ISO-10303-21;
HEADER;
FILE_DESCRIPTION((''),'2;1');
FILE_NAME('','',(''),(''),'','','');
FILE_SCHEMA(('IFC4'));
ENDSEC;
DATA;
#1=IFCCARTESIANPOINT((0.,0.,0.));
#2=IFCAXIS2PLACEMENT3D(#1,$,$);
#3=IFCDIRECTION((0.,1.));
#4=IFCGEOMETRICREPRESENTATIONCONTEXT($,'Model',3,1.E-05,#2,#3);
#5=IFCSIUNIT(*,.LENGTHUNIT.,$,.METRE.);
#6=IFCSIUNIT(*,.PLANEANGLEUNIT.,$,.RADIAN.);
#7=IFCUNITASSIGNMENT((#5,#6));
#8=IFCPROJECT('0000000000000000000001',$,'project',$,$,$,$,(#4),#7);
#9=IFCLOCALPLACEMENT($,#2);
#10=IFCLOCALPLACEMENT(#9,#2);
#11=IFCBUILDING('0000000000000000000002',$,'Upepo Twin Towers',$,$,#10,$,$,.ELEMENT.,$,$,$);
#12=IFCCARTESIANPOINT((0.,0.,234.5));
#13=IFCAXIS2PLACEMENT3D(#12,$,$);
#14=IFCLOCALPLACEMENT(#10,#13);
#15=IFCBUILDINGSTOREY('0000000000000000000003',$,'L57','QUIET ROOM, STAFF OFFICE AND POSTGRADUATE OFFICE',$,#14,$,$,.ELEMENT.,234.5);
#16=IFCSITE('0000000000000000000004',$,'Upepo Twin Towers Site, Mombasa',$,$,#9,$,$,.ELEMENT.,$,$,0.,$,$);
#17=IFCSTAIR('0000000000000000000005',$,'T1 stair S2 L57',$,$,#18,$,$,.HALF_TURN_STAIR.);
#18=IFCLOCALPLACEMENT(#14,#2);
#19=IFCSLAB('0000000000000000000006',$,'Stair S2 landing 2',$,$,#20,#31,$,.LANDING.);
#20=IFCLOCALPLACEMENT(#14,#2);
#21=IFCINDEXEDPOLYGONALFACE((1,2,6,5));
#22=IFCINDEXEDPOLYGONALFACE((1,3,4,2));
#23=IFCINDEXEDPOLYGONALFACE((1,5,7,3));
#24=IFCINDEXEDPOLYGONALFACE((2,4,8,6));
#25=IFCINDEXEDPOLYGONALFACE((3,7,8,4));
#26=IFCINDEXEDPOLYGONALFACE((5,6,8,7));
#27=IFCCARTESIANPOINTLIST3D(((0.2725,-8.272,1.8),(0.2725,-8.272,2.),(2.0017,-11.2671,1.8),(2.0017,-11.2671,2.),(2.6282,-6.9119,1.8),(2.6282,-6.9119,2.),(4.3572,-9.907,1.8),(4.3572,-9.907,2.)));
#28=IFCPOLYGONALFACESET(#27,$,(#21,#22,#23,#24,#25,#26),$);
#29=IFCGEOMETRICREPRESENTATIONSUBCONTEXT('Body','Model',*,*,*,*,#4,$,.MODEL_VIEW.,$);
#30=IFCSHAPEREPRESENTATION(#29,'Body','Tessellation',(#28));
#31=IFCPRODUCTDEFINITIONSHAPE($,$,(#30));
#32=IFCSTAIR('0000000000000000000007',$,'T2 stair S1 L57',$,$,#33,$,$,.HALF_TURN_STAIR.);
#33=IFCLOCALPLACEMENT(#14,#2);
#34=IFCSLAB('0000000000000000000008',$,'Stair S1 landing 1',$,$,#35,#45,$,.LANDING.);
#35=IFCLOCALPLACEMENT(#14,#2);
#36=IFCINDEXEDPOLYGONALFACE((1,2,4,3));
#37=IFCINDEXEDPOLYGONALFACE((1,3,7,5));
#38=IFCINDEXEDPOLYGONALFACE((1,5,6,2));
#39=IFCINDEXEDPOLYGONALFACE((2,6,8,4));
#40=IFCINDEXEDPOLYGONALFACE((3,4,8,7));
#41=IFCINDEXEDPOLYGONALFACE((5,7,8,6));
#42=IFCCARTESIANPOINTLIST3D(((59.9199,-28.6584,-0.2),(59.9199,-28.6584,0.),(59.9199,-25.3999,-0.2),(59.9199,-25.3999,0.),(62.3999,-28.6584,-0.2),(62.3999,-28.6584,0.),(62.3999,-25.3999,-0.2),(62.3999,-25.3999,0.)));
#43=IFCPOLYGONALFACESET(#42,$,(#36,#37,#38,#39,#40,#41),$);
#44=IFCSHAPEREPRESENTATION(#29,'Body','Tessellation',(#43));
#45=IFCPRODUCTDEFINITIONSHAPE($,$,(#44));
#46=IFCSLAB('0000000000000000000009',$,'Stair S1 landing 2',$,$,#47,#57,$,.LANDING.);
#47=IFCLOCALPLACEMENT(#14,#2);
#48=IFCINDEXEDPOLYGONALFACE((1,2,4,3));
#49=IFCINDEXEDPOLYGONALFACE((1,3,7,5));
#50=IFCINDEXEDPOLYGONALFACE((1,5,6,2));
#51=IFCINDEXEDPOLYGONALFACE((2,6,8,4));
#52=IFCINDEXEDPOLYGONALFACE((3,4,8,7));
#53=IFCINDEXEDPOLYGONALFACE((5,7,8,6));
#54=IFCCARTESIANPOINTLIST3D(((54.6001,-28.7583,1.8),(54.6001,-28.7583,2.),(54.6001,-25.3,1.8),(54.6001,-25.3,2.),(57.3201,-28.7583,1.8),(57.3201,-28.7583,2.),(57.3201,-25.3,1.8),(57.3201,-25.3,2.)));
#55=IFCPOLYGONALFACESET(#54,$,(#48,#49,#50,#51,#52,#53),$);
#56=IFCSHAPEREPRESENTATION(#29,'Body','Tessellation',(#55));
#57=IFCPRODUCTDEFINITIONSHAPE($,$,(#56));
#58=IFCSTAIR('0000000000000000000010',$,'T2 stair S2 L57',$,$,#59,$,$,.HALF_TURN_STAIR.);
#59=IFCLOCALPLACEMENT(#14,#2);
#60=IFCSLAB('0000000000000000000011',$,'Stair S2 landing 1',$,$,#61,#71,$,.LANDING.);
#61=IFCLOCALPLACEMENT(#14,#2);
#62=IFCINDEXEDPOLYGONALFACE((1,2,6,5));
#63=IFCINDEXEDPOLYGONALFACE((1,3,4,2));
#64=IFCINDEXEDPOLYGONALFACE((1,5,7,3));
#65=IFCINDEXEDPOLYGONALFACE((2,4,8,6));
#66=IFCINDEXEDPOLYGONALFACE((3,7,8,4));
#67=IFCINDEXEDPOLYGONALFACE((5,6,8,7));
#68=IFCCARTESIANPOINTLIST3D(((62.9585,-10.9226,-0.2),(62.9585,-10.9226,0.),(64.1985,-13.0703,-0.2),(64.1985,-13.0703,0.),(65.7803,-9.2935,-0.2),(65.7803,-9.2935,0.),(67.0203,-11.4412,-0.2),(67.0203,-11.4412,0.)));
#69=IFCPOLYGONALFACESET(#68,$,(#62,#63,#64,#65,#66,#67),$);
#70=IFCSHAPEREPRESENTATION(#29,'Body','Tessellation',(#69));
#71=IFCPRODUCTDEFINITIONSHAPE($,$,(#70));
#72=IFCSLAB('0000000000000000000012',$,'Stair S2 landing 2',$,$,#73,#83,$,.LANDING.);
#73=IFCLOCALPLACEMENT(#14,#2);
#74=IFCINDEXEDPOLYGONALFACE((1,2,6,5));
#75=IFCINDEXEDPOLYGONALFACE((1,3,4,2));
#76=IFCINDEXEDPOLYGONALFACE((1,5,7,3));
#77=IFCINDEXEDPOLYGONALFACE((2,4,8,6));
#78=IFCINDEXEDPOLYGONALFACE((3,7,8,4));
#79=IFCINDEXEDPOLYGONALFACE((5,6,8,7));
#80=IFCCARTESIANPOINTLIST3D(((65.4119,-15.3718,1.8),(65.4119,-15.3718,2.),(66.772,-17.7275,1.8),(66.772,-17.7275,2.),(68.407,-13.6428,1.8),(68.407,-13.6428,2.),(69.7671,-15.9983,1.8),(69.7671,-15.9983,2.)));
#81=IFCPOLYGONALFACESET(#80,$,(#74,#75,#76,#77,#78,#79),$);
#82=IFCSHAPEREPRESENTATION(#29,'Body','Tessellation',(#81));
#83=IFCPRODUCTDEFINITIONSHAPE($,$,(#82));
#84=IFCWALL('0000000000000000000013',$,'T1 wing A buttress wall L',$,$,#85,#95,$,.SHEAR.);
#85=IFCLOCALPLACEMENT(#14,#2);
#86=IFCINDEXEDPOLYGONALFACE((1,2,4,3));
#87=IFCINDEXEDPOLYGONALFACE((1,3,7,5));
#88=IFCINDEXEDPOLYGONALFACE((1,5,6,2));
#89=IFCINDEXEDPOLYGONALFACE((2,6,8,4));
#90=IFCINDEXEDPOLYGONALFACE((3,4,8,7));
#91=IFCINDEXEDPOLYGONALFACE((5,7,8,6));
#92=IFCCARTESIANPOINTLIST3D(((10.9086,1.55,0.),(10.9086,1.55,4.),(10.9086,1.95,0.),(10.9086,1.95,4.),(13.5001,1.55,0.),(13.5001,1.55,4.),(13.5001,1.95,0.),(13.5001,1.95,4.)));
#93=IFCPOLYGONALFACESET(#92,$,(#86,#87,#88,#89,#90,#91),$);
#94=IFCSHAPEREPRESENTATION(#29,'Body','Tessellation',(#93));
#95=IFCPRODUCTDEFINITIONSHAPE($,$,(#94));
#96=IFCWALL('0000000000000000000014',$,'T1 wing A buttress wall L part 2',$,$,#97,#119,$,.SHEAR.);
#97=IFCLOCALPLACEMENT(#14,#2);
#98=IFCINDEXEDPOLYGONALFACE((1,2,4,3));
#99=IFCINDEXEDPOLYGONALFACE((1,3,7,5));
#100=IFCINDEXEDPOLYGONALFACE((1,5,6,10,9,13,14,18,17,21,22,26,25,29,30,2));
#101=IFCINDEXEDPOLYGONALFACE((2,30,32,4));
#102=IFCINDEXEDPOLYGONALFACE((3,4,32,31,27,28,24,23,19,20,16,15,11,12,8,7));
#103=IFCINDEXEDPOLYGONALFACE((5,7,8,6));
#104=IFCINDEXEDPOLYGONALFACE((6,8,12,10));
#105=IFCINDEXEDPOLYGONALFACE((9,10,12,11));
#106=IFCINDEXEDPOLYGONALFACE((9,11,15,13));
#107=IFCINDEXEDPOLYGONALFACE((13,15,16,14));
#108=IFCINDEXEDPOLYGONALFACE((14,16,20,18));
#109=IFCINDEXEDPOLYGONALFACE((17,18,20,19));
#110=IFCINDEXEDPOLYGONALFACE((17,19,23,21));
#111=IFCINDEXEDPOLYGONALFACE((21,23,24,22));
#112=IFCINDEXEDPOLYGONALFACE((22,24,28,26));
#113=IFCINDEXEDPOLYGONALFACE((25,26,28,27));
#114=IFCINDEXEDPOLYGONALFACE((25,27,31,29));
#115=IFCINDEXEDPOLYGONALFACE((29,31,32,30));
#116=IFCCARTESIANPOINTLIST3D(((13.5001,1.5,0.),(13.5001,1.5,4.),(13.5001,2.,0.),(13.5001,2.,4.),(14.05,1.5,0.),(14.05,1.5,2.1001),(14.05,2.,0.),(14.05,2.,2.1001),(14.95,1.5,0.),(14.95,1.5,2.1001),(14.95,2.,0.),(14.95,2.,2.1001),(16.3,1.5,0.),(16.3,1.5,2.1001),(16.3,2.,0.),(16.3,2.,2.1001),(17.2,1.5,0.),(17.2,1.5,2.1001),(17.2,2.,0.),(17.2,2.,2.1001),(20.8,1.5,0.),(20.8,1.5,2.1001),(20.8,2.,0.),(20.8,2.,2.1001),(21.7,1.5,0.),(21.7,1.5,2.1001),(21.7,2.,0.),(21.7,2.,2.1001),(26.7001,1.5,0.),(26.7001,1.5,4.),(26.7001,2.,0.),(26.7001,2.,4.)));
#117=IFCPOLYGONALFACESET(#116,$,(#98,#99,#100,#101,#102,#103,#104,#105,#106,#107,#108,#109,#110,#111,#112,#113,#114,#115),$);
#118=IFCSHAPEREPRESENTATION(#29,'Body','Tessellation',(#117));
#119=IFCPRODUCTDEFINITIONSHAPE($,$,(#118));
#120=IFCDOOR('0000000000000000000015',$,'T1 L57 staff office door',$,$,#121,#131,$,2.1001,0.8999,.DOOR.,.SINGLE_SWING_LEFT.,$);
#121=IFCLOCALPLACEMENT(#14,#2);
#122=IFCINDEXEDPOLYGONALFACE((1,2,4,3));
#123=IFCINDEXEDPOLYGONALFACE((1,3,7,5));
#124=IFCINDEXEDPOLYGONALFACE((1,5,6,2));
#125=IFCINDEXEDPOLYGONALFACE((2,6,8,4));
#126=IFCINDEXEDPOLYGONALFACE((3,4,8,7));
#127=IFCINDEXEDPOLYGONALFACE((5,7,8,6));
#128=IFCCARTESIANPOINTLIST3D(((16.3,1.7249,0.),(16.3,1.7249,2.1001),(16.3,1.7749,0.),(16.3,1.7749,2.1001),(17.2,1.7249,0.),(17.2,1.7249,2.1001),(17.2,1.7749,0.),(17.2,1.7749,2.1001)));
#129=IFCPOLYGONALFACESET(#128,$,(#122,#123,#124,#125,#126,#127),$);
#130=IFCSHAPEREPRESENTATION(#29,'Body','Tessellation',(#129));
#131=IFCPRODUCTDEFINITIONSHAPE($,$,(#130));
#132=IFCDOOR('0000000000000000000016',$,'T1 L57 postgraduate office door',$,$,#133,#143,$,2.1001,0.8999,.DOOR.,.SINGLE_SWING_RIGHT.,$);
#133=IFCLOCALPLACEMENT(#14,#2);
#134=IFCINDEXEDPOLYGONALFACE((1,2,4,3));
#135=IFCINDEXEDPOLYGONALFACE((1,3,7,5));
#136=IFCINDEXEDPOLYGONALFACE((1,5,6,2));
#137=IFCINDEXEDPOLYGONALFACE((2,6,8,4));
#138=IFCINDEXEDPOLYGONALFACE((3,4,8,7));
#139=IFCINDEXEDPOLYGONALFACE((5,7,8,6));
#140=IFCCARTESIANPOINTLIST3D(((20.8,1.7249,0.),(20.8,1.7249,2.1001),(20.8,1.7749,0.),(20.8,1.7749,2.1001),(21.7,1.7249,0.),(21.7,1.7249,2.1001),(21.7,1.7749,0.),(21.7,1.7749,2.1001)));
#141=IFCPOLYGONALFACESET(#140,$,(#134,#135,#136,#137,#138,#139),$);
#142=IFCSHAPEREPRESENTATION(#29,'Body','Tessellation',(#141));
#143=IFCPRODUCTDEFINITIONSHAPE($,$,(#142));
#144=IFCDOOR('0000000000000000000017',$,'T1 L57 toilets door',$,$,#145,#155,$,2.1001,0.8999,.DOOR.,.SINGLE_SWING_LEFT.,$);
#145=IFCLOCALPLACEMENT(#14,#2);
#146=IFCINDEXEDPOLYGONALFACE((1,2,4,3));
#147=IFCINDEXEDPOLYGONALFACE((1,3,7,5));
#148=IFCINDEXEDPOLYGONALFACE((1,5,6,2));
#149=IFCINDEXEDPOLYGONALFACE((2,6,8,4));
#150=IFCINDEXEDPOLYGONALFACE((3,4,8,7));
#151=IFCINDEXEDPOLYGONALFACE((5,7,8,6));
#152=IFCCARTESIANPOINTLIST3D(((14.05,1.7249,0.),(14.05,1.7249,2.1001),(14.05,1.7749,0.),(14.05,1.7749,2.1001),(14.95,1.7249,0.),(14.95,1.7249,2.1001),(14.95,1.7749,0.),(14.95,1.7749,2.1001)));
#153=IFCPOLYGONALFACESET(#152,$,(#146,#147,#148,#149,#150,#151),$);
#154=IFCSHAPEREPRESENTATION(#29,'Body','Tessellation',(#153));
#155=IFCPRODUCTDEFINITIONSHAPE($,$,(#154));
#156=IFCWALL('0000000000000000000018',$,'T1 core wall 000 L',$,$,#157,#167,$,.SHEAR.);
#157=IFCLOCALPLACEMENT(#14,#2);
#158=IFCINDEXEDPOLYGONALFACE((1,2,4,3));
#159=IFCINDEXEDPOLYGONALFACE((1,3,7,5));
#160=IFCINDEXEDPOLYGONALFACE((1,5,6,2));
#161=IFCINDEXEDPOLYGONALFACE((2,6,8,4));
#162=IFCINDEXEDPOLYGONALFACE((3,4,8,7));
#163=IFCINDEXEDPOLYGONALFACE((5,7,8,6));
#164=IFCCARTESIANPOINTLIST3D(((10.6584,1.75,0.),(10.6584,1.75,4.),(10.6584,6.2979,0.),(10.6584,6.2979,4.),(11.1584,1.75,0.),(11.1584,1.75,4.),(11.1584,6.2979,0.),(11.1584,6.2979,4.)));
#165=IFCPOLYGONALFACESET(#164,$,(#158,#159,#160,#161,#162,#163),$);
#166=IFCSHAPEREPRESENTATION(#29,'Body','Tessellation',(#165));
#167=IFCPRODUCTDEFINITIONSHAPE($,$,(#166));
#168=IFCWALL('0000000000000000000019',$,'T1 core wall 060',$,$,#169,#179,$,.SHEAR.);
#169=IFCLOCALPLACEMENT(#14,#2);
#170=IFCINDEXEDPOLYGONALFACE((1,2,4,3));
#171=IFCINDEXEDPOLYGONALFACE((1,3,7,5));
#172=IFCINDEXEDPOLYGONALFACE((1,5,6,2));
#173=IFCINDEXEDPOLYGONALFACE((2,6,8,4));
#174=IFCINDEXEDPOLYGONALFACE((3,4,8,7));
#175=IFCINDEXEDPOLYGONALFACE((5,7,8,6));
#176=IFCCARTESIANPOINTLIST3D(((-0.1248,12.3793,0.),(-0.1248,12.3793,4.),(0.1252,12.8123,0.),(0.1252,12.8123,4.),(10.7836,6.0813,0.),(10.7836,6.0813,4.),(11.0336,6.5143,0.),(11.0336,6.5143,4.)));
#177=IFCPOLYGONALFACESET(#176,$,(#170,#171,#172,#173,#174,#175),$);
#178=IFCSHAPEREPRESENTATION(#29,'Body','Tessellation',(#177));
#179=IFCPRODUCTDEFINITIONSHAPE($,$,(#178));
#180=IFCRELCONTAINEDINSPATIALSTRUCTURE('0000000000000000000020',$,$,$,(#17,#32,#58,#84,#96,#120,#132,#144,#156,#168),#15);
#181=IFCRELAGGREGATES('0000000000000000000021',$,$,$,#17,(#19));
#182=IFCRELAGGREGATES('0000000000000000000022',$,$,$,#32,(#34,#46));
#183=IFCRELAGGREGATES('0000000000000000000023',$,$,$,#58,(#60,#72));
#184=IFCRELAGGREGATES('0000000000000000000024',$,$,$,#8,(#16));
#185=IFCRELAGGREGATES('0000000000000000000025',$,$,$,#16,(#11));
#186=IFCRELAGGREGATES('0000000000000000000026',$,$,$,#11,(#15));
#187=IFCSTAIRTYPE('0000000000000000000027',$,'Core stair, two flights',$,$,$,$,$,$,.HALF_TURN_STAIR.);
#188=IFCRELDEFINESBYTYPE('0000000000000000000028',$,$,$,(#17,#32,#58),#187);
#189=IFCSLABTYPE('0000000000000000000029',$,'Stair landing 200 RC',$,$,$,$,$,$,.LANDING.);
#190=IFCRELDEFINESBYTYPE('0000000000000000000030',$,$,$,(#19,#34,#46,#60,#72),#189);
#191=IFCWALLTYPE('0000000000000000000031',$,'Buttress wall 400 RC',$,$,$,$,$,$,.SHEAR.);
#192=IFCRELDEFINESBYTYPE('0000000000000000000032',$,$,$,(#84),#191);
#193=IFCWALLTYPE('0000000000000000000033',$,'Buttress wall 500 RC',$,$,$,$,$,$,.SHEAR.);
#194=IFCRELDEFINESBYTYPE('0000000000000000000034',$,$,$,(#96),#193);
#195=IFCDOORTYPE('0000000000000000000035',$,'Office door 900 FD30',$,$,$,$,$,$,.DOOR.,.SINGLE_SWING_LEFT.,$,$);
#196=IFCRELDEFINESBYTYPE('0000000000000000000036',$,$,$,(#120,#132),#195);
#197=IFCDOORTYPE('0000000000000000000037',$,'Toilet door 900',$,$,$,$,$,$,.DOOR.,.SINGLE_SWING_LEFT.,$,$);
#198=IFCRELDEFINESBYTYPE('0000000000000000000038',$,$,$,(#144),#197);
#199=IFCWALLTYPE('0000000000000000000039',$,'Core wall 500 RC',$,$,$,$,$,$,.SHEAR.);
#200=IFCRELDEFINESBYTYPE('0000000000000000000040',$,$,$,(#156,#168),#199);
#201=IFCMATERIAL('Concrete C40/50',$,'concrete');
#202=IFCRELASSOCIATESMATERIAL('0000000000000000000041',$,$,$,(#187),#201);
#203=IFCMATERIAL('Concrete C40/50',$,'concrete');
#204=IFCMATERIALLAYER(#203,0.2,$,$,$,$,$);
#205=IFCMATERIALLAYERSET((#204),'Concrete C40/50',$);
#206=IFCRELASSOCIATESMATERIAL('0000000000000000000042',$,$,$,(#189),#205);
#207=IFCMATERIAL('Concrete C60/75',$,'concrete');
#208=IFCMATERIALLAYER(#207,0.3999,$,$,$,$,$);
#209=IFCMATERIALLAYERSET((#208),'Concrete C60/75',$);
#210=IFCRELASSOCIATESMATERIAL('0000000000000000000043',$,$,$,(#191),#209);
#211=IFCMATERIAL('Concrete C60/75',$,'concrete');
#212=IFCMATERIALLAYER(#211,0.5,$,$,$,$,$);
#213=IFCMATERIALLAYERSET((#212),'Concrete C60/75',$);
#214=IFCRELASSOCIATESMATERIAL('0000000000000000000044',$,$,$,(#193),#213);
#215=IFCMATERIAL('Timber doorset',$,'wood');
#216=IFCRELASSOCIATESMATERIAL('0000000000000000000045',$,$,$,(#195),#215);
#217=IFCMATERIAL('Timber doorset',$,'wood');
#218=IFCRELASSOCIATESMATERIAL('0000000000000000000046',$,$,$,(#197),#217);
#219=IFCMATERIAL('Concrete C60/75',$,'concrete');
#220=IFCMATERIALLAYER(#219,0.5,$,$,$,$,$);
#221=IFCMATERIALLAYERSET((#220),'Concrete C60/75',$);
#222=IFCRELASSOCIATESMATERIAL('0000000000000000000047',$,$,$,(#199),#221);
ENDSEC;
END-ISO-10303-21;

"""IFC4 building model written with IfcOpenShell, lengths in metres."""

from ifc_helpers import new_model, si_unit, direction, frame, frame_2d, origin, place, context, subcontext, project, spatial, polyline, rectangle, outline, extrude, material, layer, layer_set, type_object, element, fill, aggregate, save


model = new_model("IFC4")

# Units and contexts
model_context = context("Model", 3, precision=1e-05, world=origin(), true_north=direction((0.0, 1.0)))
body_context = subcontext(model_context, "Body", "Model", "MODEL_VIEW")
ifc_project = project(units=[si_unit("LENGTHUNIT", "METRE"), si_unit("PLANEANGLEUNIT", "RADIAN")], contexts=[model_context])

# Site, building, storey
site_placement = place(None, origin())
site = spatial("IfcSite", under=ifc_project, at=site_placement, Name="Upepo Twin Towers Site, Mombasa", CompositionType="ELEMENT", RefElevation=0.0)
building_placement = place(site_placement, origin())
building = spatial("IfcBuilding", under=site, at=building_placement, Name="Upepo Twin Towers", CompositionType="ELEMENT")
storey_placement = place(building_placement, frame((0.0, 0.0, 234.5)))
storey = spatial("IfcBuildingStorey", under=building, at=storey_placement, Name="L57", Description="QUIET ROOM, STAFF OFFICE AND POSTGRADUATE OFFICE", CompositionType="ELEMENT", Elevation=234.5)

# Stair, slab
ifc_material_1 = material(Name="Concrete C40/50", Category="concrete")
stair_type = type_object("IfcStairType", Name="Core stair, two flights", PredefinedType="HALF_TURN_STAIR", material=ifc_material_1)
stair_1_placement = place(storey_placement, origin())
stair_1 = element("IfcStair", 1, at=stair_1_placement, inside=storey, type_object=stair_type, Name="T1 stair S2 L57", PredefinedType="HALF_TURN_STAIR")
ifc_material_2 = material(Name="Concrete C40/50", Category="concrete")
ifc_layer_1 = layer(ifc_material_2, 0.2)
ifc_layer_set_1 = layer_set([ifc_layer_1], Name="Concrete C40/50")
slab_type = type_object("IfcSlabType", Name="Stair landing 200 RC", PredefinedType="LANDING", material=ifc_layer_set_1)
slab_1_placement = place(storey_placement, frame((0.0, 0.0, 1.8)))
slab_1 = element("IfcSlab", 2, at=slab_1_placement, type_object=slab_type, Name="Stair S2 landing 2", PredefinedType="LANDING", context=body_context, shape_type="SweptSolid", body=[
    extrude(outline(polyline([(0.2725, -8.272), (2.0017, -11.2671), (4.3572, -9.907), (2.6282, -6.9119), (0.2725, -8.272)])), origin(), (0.0, 0.0, 1.0), 0.2),
])
aggregate(stair_1, [slab_1])

# Stairs, slabs
stair_2_placement = place(storey_placement, origin())
stair_2 = element("IfcStair", 3, at=stair_2_placement, inside=storey, type_object=stair_type, Name="T2 stair S1 L57", PredefinedType="HALF_TURN_STAIR")
slab_2_placement = place(storey_placement, frame((0.0, 0.0, -0.2)))
slab_2 = element("IfcSlab", 4, at=slab_2_placement, type_object=slab_type, Name="Stair S1 landing 1", PredefinedType="LANDING", context=body_context, shape_type="SweptSolid", body=[
    extrude(outline(polyline([(59.9199, -25.3999), (59.9199, -28.6584), (62.3999, -28.6584), (62.3999, -25.3999), (59.9199, -25.3999)])), origin(), (0.0, 0.0, 1.0), 0.2),
])
slab_3_placement = place(storey_placement, frame((0.0, 0.0, 1.8)))
slab_3 = element("IfcSlab", 5, at=slab_3_placement, type_object=slab_type, Name="Stair S1 landing 2", PredefinedType="LANDING", context=body_context, shape_type="SweptSolid", body=[
    extrude(outline(polyline([(54.6001, -25.3), (54.6001, -28.7583), (57.3201, -28.7583), (57.3201, -25.3), (54.6001, -25.3)])), origin(), (0.0, 0.0, 1.0), 0.2),
])
aggregate(stair_2, [slab_2, slab_3])
stair_3_placement = place(storey_placement, origin())
stair_3 = element("IfcStair", 6, at=stair_3_placement, inside=storey, type_object=stair_type, Name="T2 stair S2 L57", PredefinedType="HALF_TURN_STAIR")
slab_4_placement = place(storey_placement, frame((0.0, 0.0, -0.2)))
slab_4 = element("IfcSlab", 7, at=slab_4_placement, type_object=slab_type, Name="Stair S2 landing 1", PredefinedType="LANDING", context=body_context, shape_type="SweptSolid", body=[
    extrude(outline(polyline([(64.1985, -13.0703), (67.0203, -11.4412), (65.7803, -9.2935), (62.9585, -10.9226), (64.1985, -13.0703)])), origin(), (0.0, 0.0, 1.0), 0.2),
])
slab_5_placement = place(storey_placement, frame((0.0, 0.0, 1.8)))
slab_5 = element("IfcSlab", 8, at=slab_5_placement, type_object=slab_type, Name="Stair S2 landing 2", PredefinedType="LANDING", context=body_context, shape_type="SweptSolid", body=[
    extrude(outline(polyline([(66.772, -17.7275), (69.7671, -15.9983), (68.407, -13.6428), (65.4119, -15.3718), (66.772, -17.7275)])), origin(), (0.0, 0.0, 1.0), 0.2),
])
aggregate(stair_3, [slab_4, slab_5])

# Wall
ifc_material_3 = material(Name="Concrete C60/75", Category="concrete")
ifc_layer_2 = layer(ifc_material_3, 0.3999)
ifc_layer_set_2 = layer_set([ifc_layer_2], Name="Concrete C60/75")
wall_type_1 = type_object("IfcWallType", Name="Buttress wall 400 RC", PredefinedType="SHEAR", material=ifc_layer_set_2)
wall_1_placement = place(storey_placement, frame((10.9084, 1.75, 0.0), z_axis=(0.0, 0.0, 1.0), x_axis=(1.0, 0.0, 0.0)))
element("IfcWall", 9, at=wall_1_placement, inside=storey, type_object=wall_type_1, Name="T1 wing A buttress wall L", PredefinedType="SHEAR", context=body_context, shape_type="SweptSolid", body=[
    extrude(rectangle(XDim=2.5916, YDim=0.3999, at=frame_2d((1.2959, 0.0))), origin(), (0.0, 0.0, 1.0), 4.0),
])

# Wall, openings, doors
ifc_material_4 = material(Name="Concrete C60/75", Category="concrete")
ifc_layer_3 = layer(ifc_material_4, 0.5)
ifc_layer_set_3 = layer_set([ifc_layer_3], Name="Concrete C60/75")
wall_type_2 = type_object("IfcWallType", Name="Buttress wall 500 RC", PredefinedType="SHEAR", material=ifc_layer_set_3)
wall_2_placement = place(storey_placement, frame((13.5, 1.75, 0.0), z_axis=(0.0, 0.0, 1.0), x_axis=(1.0, 0.0, 0.0)))
wall_2 = element("IfcWall", 10, at=wall_2_placement, inside=storey, type_object=wall_type_2, Name="T1 wing A buttress wall L part 2", PredefinedType="SHEAR", context=body_context, shape_type="SweptSolid", body=[
    extrude(rectangle(XDim=13.2, YDim=0.5, at=frame_2d((6.6001, 0.0))), origin(), (0.0, 0.0, 1.0), 4.0),
])
opening_1_placement = place(wall_2_placement, frame((0.55, 0.0, 0.0)))
opening_1 = element("IfcOpeningElement", 11, at=opening_1_placement, cuts=wall_2, PredefinedType="OPENING", context=body_context, shape_type="SweptSolid", body=[
    extrude(rectangle(XDim=0.8999, YDim=2.1001, at=frame_2d((0.45, 1.05))), frame((0.0, 0.26, 0.0), z_axis=(0.0, -1.0, 0.0), x_axis=(1.0, 0.0, 0.0)), (0.0, 0.0, 1.0), 0.52),
])
opening_2_placement = place(wall_2_placement, frame((2.8, 0.0, 0.0)))
opening_2 = element("IfcOpeningElement", 12, at=opening_2_placement, cuts=wall_2, PredefinedType="OPENING", context=body_context, shape_type="SweptSolid", body=[
    extrude(rectangle(XDim=0.8999, YDim=2.1001, at=frame_2d((0.45, 1.05))), frame((0.0, 0.26, 0.0), z_axis=(0.0, -1.0, 0.0), x_axis=(1.0, 0.0, 0.0)), (0.0, 0.0, 1.0), 0.52),
])
opening_3_placement = place(wall_2_placement, frame((7.3, 0.0, 0.0)))
opening_3 = element("IfcOpeningElement", 13, at=opening_3_placement, cuts=wall_2, PredefinedType="OPENING", context=body_context, shape_type="SweptSolid", body=[
    extrude(rectangle(XDim=0.8999, YDim=2.1001, at=frame_2d((0.45, 1.05))), frame((0.0, 0.26, 0.0), z_axis=(0.0, -1.0, 0.0), x_axis=(1.0, 0.0, 0.0)), (0.0, 0.0, 1.0), 0.52),
])
ifc_material_5 = material(Name="Timber doorset", Category="wood")
door_type_1 = type_object("IfcDoorType", Name="Office door 900 FD30", OperationType="SINGLE_SWING_LEFT", PredefinedType="DOOR", material=ifc_material_5)
door_1_placement = place(opening_2_placement, origin())
door_1 = element("IfcDoor", 14, at=door_1_placement, inside=storey, type_object=door_type_1, Name="T1 L57 staff office door", OperationType="SINGLE_SWING_LEFT", OverallHeight=2.1001, OverallWidth=0.8999, PredefinedType="DOOR", context=body_context, shape_type="SweptSolid", body=[
    extrude(rectangle(XDim=0.8999, YDim=2.1001, at=frame_2d((0.45, 1.05))), frame((0.0, 0.0249, 0.0), z_axis=(0.0, -1.0, 0.0), x_axis=(1.0, 0.0, 0.0)), (0.0, 0.0, 1.0), 0.05),
])
fill(opening_2, door_1)
door_2_placement = place(opening_3_placement, origin())
door_2 = element("IfcDoor", 15, at=door_2_placement, inside=storey, type_object=door_type_1, Name="T1 L57 postgraduate office door", OperationType="SINGLE_SWING_RIGHT", OverallHeight=2.1001, OverallWidth=0.8999, PredefinedType="DOOR", context=body_context, shape_type="SweptSolid", body=[
    extrude(rectangle(XDim=0.8999, YDim=2.1001, at=frame_2d((0.45, 1.05))), frame((0.0, 0.0249, 0.0), z_axis=(0.0, -1.0, 0.0), x_axis=(1.0, 0.0, 0.0)), (0.0, 0.0, 1.0), 0.05),
])
fill(opening_3, door_2)
ifc_material_6 = material(Name="Timber doorset", Category="wood")
door_type_2 = type_object("IfcDoorType", Name="Toilet door 900", OperationType="SINGLE_SWING_LEFT", PredefinedType="DOOR", material=ifc_material_6)
door_3_placement = place(opening_1_placement, origin())
door_3 = element("IfcDoor", 16, at=door_3_placement, inside=storey, type_object=door_type_2, Name="T1 L57 toilets door", OperationType="SINGLE_SWING_LEFT", OverallHeight=2.1001, OverallWidth=0.8999, PredefinedType="DOOR", context=body_context, shape_type="SweptSolid", body=[
    extrude(rectangle(XDim=0.8999, YDim=2.1001, at=frame_2d((0.45, 1.05))), frame((0.0, 0.0249, 0.0), z_axis=(0.0, -1.0, 0.0), x_axis=(1.0, 0.0, 0.0)), (0.0, 0.0, 1.0), 0.05),
])
fill(opening_1, door_3)

# Walls
ifc_material_7 = material(Name="Concrete C60/75", Category="concrete")
ifc_layer_4 = layer(ifc_material_7, 0.5)
ifc_layer_set_4 = layer_set([ifc_layer_4], Name="Concrete C60/75")
wall_type_3 = type_object("IfcWallType", Name="Core wall 500 RC", PredefinedType="SHEAR", material=ifc_layer_set_4)
wall_3_placement = place(storey_placement, frame((10.9084, 1.75, 0.0), z_axis=(0.0, 0.0, 1.0), x_axis=(0.0, 1.0, 0.0)))
element("IfcWall", 17, at=wall_3_placement, inside=storey, type_object=wall_type_3, Name="T1 core wall 000 L", PredefinedType="SHEAR", context=body_context, shape_type="SweptSolid", body=[
    extrude(rectangle(XDim=4.5479, YDim=0.5, at=frame_2d((2.2739, 0.0))), origin(), (0.0, 0.0, 1.0), 4.0),
])
wall_4_placement = place(storey_placement, frame((10.9084, 6.2979, 0.0), z_axis=(0.0, 0.0, 1.0), x_axis=(-0.866022, 0.500006, 0.0)))
element("IfcWall", 18, at=wall_4_placement, inside=storey, type_object=wall_type_3, Name="T1 core wall 060", PredefinedType="SHEAR", context=body_context, shape_type="SweptSolid", body=[
    extrude(rectangle(XDim=12.5959, YDim=0.5, at=frame_2d((6.2979, 0.0))), origin(), (0.0, 0.0, 1.0), 4.0),
])

save(model, "model.ifc")
